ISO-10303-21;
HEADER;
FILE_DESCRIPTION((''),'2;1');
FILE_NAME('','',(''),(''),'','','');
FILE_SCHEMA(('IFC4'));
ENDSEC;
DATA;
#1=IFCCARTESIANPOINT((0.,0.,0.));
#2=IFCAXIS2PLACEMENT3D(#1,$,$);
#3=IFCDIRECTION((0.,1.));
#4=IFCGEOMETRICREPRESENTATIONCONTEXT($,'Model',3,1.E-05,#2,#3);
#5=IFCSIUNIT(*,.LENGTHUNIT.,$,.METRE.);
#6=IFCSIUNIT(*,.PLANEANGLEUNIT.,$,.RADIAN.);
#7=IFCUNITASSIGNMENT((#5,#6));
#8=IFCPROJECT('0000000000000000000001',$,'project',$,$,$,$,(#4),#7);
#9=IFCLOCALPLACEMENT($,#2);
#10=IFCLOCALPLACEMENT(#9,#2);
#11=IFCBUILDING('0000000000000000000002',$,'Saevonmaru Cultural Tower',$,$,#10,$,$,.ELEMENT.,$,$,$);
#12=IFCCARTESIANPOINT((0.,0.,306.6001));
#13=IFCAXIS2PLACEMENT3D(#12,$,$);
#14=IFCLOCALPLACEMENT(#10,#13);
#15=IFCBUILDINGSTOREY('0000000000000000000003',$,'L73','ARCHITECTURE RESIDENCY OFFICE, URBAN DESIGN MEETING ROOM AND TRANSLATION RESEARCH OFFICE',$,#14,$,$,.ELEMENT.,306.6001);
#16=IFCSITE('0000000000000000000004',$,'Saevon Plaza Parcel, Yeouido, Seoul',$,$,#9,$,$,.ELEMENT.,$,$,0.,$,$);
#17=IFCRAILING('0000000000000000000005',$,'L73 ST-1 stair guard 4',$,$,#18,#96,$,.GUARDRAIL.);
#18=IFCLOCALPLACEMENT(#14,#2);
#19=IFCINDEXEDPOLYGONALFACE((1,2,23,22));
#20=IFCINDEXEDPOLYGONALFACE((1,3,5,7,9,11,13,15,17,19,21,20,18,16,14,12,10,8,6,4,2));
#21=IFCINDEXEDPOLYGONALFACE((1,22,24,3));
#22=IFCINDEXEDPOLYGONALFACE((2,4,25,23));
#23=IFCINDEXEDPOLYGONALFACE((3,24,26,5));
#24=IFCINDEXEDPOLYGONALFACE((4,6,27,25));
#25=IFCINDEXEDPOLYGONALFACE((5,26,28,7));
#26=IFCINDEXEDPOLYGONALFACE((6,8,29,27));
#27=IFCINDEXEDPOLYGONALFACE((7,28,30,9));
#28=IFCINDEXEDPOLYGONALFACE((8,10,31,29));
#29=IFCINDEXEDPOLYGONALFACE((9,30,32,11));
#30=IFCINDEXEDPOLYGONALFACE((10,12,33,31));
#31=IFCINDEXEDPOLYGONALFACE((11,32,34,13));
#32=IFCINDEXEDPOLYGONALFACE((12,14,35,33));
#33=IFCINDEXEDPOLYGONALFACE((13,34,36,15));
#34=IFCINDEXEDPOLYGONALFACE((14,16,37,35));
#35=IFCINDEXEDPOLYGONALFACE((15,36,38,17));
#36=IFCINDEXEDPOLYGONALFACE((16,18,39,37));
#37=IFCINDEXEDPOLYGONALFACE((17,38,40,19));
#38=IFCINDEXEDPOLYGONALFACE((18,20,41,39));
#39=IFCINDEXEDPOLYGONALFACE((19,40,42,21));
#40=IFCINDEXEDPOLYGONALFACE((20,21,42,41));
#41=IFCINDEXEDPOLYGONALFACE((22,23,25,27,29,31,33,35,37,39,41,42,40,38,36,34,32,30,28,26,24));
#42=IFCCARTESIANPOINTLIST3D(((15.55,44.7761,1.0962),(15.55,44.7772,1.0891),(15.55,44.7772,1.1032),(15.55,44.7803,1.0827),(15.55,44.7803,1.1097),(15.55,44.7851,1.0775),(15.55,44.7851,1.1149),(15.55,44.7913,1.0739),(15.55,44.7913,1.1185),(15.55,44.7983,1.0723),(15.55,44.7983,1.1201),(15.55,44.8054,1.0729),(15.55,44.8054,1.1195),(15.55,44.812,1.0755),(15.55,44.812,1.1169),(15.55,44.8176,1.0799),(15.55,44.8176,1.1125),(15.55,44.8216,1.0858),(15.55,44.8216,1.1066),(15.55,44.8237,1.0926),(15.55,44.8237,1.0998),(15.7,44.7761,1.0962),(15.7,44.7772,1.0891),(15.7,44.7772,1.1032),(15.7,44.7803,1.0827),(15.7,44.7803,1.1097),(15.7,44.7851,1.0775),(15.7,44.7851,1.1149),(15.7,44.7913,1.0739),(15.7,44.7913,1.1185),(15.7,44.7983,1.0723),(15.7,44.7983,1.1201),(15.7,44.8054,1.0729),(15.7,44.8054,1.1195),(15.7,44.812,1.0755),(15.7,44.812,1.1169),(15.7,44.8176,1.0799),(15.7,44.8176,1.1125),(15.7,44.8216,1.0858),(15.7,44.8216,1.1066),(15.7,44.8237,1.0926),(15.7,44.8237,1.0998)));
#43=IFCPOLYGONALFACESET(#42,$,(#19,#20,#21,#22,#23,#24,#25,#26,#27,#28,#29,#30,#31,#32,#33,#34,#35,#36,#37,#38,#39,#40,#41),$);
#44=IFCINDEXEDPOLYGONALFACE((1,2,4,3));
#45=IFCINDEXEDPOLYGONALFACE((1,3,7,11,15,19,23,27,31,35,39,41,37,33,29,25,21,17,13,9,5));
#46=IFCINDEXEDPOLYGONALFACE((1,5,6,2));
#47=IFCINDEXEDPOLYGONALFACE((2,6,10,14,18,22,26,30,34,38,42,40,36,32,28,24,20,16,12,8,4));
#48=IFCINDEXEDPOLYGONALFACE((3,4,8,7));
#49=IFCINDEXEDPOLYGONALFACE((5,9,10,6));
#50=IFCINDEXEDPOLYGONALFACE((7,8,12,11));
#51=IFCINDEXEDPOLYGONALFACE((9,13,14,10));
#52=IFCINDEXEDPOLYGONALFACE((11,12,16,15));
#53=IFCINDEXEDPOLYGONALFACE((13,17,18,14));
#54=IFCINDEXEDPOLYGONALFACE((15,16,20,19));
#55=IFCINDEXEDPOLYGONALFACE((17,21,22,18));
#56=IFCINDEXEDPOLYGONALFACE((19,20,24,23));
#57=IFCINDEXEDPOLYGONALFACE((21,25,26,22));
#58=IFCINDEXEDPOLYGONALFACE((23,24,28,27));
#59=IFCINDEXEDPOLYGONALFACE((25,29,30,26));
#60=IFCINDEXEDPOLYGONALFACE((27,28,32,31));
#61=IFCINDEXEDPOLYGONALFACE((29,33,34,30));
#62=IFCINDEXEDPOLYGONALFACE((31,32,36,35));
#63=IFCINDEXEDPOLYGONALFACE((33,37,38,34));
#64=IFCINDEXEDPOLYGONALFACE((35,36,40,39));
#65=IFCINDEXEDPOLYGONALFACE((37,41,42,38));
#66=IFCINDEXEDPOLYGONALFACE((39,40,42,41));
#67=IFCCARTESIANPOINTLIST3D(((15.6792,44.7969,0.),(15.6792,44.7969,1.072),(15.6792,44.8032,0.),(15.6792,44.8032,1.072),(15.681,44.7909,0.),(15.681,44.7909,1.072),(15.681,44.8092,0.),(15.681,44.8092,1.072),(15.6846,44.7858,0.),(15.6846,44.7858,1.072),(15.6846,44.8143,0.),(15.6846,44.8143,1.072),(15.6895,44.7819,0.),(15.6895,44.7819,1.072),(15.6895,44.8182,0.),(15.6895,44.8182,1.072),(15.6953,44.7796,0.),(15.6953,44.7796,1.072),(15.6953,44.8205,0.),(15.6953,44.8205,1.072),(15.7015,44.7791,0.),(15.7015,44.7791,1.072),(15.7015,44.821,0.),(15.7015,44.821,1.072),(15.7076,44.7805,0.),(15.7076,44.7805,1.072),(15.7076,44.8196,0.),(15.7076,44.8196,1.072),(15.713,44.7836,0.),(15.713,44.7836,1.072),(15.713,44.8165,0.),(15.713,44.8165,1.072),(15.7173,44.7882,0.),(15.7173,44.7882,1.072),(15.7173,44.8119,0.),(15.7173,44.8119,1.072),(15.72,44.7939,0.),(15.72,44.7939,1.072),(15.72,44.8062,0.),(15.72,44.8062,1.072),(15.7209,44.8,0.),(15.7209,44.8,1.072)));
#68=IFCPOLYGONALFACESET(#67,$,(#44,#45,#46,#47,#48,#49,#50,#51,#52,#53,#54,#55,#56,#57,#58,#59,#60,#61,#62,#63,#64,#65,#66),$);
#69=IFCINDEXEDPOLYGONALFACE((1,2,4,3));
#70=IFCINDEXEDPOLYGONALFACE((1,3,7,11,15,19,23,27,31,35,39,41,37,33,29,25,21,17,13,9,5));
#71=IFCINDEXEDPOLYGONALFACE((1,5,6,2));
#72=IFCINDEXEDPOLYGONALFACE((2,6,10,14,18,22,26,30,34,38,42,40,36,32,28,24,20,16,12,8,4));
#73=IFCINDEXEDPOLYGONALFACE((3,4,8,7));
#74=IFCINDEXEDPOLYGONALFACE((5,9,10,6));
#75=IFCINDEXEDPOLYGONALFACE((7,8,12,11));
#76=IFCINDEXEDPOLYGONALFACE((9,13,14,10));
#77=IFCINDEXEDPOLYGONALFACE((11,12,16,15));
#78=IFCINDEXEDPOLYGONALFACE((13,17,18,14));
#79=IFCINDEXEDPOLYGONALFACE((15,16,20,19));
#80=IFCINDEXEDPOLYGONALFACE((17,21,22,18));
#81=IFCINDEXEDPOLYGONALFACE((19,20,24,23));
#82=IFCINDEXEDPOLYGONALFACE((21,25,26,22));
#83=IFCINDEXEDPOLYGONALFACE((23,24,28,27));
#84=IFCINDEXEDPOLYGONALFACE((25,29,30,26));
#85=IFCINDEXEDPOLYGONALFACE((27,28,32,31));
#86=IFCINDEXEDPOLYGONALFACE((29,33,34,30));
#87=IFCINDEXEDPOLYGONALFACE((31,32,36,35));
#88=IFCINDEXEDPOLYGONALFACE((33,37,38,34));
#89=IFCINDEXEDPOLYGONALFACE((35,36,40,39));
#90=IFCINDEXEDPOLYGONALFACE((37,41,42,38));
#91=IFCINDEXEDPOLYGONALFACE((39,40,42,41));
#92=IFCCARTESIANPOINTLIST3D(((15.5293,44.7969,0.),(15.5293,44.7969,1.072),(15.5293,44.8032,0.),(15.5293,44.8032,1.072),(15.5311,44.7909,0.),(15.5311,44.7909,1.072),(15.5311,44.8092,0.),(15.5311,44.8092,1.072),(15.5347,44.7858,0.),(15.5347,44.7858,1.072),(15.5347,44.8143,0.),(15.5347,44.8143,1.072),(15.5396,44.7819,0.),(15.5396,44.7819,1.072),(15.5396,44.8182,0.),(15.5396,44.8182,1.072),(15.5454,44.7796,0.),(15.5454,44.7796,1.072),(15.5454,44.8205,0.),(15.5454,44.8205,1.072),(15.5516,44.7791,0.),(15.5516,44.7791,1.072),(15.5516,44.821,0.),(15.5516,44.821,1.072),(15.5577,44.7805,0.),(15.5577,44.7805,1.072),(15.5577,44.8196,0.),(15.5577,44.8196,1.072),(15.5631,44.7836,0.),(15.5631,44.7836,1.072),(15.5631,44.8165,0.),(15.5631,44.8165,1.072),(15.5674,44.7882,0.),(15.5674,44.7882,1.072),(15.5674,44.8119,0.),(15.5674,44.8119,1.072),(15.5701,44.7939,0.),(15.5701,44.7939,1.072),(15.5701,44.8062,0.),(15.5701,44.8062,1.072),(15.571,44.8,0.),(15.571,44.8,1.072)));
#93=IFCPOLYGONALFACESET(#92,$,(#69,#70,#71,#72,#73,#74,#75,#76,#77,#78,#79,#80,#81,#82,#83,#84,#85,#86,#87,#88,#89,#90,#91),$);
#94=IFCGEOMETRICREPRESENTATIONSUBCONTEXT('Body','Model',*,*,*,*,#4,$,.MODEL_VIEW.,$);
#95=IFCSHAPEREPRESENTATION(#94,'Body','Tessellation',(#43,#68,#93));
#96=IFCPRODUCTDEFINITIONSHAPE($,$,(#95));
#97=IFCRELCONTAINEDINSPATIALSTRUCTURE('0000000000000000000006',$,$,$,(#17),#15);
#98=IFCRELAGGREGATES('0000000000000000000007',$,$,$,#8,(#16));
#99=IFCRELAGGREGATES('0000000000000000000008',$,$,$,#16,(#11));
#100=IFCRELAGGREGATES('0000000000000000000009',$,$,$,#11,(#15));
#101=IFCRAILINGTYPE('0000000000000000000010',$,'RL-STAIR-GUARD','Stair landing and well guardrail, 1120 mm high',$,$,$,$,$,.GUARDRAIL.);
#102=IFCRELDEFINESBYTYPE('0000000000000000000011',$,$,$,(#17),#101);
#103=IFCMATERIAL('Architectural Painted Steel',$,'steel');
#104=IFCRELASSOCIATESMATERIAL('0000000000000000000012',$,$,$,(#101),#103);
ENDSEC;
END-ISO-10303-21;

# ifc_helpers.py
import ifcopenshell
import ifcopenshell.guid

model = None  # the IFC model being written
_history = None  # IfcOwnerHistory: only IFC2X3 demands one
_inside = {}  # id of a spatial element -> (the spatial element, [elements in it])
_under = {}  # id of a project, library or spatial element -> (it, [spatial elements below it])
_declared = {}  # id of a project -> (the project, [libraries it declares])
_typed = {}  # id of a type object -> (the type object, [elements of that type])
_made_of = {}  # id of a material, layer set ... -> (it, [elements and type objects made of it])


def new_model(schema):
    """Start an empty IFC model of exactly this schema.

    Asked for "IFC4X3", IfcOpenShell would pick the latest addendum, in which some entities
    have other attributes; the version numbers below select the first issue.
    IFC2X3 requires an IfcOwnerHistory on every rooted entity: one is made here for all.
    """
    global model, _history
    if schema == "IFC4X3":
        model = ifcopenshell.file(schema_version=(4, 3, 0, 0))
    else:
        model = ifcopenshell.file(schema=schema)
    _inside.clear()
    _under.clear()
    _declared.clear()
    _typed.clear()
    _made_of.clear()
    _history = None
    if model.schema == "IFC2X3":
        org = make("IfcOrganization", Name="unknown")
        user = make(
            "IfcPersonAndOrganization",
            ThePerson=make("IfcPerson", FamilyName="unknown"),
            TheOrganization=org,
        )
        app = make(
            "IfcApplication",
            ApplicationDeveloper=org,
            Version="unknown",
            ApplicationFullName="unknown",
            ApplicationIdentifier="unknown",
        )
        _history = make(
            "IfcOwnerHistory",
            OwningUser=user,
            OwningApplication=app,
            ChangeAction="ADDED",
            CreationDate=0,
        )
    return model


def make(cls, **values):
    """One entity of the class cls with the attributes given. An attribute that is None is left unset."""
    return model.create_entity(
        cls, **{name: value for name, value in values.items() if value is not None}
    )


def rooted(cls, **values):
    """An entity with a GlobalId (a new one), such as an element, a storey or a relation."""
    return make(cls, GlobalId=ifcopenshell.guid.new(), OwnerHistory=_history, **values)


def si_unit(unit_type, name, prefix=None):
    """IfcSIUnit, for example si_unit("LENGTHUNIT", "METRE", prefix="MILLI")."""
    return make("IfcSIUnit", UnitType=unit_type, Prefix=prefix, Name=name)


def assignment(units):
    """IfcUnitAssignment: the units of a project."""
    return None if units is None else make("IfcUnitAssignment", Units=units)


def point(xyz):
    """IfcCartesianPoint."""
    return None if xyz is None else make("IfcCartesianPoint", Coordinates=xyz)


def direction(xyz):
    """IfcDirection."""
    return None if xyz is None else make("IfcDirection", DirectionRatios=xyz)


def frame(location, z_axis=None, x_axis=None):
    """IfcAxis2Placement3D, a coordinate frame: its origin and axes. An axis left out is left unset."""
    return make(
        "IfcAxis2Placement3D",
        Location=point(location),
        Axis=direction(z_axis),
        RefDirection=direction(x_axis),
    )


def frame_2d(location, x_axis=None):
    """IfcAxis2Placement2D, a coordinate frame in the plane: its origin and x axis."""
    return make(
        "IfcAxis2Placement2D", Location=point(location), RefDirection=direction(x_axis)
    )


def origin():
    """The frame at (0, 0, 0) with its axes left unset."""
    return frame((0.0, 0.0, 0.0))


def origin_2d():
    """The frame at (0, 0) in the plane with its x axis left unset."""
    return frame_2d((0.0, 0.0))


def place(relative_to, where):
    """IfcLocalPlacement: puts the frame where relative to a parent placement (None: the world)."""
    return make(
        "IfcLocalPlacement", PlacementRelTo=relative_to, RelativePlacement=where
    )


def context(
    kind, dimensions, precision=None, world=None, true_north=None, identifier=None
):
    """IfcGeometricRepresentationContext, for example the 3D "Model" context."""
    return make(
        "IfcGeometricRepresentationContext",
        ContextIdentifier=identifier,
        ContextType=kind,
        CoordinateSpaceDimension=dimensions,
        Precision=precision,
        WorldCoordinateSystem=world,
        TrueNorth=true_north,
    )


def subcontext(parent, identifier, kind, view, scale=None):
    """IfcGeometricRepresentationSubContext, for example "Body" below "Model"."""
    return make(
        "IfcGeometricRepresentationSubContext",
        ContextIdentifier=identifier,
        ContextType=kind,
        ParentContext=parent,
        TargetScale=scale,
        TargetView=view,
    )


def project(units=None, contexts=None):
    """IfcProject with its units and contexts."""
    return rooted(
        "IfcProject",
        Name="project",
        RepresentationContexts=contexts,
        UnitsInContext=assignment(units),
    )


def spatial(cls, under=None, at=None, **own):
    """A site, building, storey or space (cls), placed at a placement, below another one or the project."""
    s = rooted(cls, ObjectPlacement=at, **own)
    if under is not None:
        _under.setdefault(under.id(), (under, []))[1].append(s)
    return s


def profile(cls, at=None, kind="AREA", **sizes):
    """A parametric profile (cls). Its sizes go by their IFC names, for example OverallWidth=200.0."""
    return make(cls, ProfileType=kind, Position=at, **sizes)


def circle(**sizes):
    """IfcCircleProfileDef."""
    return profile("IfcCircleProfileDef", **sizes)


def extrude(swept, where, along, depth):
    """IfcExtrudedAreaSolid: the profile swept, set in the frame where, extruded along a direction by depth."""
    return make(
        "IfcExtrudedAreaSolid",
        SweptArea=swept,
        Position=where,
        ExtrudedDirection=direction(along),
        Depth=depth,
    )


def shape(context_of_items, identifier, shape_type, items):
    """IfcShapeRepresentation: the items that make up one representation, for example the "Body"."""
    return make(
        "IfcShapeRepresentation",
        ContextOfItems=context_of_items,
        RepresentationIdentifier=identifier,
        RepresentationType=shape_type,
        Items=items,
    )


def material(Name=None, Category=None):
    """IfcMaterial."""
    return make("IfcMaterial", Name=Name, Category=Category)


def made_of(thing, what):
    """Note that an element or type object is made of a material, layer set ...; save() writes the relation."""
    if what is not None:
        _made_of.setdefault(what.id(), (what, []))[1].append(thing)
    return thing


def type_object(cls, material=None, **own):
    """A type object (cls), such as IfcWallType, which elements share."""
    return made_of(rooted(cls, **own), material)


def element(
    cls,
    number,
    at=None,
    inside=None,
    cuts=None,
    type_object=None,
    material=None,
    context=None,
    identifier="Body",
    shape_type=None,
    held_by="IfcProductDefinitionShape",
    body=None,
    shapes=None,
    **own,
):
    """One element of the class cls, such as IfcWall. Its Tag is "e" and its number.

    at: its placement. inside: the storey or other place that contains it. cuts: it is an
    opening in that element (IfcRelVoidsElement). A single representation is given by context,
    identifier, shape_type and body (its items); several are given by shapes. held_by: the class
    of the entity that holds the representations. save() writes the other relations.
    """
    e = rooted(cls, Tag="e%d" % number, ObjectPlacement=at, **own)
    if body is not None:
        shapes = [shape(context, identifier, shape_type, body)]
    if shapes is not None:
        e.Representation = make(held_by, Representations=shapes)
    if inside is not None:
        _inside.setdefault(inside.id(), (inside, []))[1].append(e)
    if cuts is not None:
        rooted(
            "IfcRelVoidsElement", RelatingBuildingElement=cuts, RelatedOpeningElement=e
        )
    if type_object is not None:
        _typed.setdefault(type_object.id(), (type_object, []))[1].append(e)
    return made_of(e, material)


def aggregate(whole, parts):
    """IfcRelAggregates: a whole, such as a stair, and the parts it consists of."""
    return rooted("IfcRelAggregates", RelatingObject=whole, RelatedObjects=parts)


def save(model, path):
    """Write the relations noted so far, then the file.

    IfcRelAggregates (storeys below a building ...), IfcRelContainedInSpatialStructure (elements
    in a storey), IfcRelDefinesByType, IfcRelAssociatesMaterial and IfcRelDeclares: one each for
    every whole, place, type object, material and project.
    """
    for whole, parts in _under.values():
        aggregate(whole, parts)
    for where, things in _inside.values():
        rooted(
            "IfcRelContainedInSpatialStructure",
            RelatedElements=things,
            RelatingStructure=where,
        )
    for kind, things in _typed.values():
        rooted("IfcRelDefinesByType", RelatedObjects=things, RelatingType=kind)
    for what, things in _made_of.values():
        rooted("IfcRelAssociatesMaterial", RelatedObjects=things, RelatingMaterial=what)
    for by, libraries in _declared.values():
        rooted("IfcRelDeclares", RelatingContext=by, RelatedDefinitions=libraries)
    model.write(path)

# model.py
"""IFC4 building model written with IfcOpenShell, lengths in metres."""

from ifc_helpers import new_model, si_unit, direction, frame, origin, origin_2d, place, context, subcontext, project, spatial, circle, extrude, material, type_object, element, save


model = new_model("IFC4")

# Units and contexts
model_context = context("Model", 3, precision=1e-05, world=origin(), true_north=direction((0.0, 1.0)))
body_context = subcontext(model_context, "Body", "Model", "MODEL_VIEW")
ifc_project = project(units=[si_unit("LENGTHUNIT", "METRE"), si_unit("PLANEANGLEUNIT", "RADIAN")], contexts=[model_context])

# Site, building, storey
site_placement = place(None, origin())
site = spatial("IfcSite", under=ifc_project, at=site_placement, Name="Saevon Plaza Parcel, Yeouido, Seoul", CompositionType="ELEMENT", RefElevation=0.0)
building_placement = place(site_placement, origin())
building = spatial("IfcBuilding", under=site, at=building_placement, Name="Saevonmaru Cultural Tower", CompositionType="ELEMENT")
storey_placement = place(building_placement, frame((0.0, 0.0, 306.6001)))
storey = spatial("IfcBuildingStorey", under=building, at=storey_placement, Name="L73", Description="ARCHITECTURE RESIDENCY OFFICE, URBAN DESIGN MEETING ROOM AND TRANSLATION RESEARCH OFFICE", CompositionType="ELEMENT", Elevation=306.6001)

# Railing
ifc_material_1 = material(Name="Architectural Painted Steel", Category="steel")
railing_type_1 = type_object("IfcRailingType", Name="RL-STAIR-GUARD", Description="Stair landing and well guardrail, 1120 mm high", PredefinedType="GUARDRAIL", material=ifc_material_1)
railing_1_placement = place(storey_placement, frame((15.7, 44.8, 0.0)))
element("IfcRailing", 1, at=railing_1_placement, inside=storey, type_object=railing_type_1, Name="L73 ST-1 stair guard 4", PredefinedType="GUARDRAIL", context=body_context, shape_type="SweptSolid", body=[
    extrude(circle(Radius=0.0239, at=origin_2d()), frame((0.0, 0.0, 1.0962), z_axis=(-1.0, 0.0, 0.0), x_axis=(0.0, -1.0, 0.0)), (0.0, 0.0, 1.0), 0.1499),
    extrude(circle(Radius=0.021, at=origin_2d()), origin(), (0.0, 0.0, 1.0), 1.072),
    extrude(circle(Radius=0.021, at=origin_2d()), frame((-0.1499, 0.0, 0.0)), (0.0, 0.0, 1.0), 1.072),
])

save(model, "model.ifc")
